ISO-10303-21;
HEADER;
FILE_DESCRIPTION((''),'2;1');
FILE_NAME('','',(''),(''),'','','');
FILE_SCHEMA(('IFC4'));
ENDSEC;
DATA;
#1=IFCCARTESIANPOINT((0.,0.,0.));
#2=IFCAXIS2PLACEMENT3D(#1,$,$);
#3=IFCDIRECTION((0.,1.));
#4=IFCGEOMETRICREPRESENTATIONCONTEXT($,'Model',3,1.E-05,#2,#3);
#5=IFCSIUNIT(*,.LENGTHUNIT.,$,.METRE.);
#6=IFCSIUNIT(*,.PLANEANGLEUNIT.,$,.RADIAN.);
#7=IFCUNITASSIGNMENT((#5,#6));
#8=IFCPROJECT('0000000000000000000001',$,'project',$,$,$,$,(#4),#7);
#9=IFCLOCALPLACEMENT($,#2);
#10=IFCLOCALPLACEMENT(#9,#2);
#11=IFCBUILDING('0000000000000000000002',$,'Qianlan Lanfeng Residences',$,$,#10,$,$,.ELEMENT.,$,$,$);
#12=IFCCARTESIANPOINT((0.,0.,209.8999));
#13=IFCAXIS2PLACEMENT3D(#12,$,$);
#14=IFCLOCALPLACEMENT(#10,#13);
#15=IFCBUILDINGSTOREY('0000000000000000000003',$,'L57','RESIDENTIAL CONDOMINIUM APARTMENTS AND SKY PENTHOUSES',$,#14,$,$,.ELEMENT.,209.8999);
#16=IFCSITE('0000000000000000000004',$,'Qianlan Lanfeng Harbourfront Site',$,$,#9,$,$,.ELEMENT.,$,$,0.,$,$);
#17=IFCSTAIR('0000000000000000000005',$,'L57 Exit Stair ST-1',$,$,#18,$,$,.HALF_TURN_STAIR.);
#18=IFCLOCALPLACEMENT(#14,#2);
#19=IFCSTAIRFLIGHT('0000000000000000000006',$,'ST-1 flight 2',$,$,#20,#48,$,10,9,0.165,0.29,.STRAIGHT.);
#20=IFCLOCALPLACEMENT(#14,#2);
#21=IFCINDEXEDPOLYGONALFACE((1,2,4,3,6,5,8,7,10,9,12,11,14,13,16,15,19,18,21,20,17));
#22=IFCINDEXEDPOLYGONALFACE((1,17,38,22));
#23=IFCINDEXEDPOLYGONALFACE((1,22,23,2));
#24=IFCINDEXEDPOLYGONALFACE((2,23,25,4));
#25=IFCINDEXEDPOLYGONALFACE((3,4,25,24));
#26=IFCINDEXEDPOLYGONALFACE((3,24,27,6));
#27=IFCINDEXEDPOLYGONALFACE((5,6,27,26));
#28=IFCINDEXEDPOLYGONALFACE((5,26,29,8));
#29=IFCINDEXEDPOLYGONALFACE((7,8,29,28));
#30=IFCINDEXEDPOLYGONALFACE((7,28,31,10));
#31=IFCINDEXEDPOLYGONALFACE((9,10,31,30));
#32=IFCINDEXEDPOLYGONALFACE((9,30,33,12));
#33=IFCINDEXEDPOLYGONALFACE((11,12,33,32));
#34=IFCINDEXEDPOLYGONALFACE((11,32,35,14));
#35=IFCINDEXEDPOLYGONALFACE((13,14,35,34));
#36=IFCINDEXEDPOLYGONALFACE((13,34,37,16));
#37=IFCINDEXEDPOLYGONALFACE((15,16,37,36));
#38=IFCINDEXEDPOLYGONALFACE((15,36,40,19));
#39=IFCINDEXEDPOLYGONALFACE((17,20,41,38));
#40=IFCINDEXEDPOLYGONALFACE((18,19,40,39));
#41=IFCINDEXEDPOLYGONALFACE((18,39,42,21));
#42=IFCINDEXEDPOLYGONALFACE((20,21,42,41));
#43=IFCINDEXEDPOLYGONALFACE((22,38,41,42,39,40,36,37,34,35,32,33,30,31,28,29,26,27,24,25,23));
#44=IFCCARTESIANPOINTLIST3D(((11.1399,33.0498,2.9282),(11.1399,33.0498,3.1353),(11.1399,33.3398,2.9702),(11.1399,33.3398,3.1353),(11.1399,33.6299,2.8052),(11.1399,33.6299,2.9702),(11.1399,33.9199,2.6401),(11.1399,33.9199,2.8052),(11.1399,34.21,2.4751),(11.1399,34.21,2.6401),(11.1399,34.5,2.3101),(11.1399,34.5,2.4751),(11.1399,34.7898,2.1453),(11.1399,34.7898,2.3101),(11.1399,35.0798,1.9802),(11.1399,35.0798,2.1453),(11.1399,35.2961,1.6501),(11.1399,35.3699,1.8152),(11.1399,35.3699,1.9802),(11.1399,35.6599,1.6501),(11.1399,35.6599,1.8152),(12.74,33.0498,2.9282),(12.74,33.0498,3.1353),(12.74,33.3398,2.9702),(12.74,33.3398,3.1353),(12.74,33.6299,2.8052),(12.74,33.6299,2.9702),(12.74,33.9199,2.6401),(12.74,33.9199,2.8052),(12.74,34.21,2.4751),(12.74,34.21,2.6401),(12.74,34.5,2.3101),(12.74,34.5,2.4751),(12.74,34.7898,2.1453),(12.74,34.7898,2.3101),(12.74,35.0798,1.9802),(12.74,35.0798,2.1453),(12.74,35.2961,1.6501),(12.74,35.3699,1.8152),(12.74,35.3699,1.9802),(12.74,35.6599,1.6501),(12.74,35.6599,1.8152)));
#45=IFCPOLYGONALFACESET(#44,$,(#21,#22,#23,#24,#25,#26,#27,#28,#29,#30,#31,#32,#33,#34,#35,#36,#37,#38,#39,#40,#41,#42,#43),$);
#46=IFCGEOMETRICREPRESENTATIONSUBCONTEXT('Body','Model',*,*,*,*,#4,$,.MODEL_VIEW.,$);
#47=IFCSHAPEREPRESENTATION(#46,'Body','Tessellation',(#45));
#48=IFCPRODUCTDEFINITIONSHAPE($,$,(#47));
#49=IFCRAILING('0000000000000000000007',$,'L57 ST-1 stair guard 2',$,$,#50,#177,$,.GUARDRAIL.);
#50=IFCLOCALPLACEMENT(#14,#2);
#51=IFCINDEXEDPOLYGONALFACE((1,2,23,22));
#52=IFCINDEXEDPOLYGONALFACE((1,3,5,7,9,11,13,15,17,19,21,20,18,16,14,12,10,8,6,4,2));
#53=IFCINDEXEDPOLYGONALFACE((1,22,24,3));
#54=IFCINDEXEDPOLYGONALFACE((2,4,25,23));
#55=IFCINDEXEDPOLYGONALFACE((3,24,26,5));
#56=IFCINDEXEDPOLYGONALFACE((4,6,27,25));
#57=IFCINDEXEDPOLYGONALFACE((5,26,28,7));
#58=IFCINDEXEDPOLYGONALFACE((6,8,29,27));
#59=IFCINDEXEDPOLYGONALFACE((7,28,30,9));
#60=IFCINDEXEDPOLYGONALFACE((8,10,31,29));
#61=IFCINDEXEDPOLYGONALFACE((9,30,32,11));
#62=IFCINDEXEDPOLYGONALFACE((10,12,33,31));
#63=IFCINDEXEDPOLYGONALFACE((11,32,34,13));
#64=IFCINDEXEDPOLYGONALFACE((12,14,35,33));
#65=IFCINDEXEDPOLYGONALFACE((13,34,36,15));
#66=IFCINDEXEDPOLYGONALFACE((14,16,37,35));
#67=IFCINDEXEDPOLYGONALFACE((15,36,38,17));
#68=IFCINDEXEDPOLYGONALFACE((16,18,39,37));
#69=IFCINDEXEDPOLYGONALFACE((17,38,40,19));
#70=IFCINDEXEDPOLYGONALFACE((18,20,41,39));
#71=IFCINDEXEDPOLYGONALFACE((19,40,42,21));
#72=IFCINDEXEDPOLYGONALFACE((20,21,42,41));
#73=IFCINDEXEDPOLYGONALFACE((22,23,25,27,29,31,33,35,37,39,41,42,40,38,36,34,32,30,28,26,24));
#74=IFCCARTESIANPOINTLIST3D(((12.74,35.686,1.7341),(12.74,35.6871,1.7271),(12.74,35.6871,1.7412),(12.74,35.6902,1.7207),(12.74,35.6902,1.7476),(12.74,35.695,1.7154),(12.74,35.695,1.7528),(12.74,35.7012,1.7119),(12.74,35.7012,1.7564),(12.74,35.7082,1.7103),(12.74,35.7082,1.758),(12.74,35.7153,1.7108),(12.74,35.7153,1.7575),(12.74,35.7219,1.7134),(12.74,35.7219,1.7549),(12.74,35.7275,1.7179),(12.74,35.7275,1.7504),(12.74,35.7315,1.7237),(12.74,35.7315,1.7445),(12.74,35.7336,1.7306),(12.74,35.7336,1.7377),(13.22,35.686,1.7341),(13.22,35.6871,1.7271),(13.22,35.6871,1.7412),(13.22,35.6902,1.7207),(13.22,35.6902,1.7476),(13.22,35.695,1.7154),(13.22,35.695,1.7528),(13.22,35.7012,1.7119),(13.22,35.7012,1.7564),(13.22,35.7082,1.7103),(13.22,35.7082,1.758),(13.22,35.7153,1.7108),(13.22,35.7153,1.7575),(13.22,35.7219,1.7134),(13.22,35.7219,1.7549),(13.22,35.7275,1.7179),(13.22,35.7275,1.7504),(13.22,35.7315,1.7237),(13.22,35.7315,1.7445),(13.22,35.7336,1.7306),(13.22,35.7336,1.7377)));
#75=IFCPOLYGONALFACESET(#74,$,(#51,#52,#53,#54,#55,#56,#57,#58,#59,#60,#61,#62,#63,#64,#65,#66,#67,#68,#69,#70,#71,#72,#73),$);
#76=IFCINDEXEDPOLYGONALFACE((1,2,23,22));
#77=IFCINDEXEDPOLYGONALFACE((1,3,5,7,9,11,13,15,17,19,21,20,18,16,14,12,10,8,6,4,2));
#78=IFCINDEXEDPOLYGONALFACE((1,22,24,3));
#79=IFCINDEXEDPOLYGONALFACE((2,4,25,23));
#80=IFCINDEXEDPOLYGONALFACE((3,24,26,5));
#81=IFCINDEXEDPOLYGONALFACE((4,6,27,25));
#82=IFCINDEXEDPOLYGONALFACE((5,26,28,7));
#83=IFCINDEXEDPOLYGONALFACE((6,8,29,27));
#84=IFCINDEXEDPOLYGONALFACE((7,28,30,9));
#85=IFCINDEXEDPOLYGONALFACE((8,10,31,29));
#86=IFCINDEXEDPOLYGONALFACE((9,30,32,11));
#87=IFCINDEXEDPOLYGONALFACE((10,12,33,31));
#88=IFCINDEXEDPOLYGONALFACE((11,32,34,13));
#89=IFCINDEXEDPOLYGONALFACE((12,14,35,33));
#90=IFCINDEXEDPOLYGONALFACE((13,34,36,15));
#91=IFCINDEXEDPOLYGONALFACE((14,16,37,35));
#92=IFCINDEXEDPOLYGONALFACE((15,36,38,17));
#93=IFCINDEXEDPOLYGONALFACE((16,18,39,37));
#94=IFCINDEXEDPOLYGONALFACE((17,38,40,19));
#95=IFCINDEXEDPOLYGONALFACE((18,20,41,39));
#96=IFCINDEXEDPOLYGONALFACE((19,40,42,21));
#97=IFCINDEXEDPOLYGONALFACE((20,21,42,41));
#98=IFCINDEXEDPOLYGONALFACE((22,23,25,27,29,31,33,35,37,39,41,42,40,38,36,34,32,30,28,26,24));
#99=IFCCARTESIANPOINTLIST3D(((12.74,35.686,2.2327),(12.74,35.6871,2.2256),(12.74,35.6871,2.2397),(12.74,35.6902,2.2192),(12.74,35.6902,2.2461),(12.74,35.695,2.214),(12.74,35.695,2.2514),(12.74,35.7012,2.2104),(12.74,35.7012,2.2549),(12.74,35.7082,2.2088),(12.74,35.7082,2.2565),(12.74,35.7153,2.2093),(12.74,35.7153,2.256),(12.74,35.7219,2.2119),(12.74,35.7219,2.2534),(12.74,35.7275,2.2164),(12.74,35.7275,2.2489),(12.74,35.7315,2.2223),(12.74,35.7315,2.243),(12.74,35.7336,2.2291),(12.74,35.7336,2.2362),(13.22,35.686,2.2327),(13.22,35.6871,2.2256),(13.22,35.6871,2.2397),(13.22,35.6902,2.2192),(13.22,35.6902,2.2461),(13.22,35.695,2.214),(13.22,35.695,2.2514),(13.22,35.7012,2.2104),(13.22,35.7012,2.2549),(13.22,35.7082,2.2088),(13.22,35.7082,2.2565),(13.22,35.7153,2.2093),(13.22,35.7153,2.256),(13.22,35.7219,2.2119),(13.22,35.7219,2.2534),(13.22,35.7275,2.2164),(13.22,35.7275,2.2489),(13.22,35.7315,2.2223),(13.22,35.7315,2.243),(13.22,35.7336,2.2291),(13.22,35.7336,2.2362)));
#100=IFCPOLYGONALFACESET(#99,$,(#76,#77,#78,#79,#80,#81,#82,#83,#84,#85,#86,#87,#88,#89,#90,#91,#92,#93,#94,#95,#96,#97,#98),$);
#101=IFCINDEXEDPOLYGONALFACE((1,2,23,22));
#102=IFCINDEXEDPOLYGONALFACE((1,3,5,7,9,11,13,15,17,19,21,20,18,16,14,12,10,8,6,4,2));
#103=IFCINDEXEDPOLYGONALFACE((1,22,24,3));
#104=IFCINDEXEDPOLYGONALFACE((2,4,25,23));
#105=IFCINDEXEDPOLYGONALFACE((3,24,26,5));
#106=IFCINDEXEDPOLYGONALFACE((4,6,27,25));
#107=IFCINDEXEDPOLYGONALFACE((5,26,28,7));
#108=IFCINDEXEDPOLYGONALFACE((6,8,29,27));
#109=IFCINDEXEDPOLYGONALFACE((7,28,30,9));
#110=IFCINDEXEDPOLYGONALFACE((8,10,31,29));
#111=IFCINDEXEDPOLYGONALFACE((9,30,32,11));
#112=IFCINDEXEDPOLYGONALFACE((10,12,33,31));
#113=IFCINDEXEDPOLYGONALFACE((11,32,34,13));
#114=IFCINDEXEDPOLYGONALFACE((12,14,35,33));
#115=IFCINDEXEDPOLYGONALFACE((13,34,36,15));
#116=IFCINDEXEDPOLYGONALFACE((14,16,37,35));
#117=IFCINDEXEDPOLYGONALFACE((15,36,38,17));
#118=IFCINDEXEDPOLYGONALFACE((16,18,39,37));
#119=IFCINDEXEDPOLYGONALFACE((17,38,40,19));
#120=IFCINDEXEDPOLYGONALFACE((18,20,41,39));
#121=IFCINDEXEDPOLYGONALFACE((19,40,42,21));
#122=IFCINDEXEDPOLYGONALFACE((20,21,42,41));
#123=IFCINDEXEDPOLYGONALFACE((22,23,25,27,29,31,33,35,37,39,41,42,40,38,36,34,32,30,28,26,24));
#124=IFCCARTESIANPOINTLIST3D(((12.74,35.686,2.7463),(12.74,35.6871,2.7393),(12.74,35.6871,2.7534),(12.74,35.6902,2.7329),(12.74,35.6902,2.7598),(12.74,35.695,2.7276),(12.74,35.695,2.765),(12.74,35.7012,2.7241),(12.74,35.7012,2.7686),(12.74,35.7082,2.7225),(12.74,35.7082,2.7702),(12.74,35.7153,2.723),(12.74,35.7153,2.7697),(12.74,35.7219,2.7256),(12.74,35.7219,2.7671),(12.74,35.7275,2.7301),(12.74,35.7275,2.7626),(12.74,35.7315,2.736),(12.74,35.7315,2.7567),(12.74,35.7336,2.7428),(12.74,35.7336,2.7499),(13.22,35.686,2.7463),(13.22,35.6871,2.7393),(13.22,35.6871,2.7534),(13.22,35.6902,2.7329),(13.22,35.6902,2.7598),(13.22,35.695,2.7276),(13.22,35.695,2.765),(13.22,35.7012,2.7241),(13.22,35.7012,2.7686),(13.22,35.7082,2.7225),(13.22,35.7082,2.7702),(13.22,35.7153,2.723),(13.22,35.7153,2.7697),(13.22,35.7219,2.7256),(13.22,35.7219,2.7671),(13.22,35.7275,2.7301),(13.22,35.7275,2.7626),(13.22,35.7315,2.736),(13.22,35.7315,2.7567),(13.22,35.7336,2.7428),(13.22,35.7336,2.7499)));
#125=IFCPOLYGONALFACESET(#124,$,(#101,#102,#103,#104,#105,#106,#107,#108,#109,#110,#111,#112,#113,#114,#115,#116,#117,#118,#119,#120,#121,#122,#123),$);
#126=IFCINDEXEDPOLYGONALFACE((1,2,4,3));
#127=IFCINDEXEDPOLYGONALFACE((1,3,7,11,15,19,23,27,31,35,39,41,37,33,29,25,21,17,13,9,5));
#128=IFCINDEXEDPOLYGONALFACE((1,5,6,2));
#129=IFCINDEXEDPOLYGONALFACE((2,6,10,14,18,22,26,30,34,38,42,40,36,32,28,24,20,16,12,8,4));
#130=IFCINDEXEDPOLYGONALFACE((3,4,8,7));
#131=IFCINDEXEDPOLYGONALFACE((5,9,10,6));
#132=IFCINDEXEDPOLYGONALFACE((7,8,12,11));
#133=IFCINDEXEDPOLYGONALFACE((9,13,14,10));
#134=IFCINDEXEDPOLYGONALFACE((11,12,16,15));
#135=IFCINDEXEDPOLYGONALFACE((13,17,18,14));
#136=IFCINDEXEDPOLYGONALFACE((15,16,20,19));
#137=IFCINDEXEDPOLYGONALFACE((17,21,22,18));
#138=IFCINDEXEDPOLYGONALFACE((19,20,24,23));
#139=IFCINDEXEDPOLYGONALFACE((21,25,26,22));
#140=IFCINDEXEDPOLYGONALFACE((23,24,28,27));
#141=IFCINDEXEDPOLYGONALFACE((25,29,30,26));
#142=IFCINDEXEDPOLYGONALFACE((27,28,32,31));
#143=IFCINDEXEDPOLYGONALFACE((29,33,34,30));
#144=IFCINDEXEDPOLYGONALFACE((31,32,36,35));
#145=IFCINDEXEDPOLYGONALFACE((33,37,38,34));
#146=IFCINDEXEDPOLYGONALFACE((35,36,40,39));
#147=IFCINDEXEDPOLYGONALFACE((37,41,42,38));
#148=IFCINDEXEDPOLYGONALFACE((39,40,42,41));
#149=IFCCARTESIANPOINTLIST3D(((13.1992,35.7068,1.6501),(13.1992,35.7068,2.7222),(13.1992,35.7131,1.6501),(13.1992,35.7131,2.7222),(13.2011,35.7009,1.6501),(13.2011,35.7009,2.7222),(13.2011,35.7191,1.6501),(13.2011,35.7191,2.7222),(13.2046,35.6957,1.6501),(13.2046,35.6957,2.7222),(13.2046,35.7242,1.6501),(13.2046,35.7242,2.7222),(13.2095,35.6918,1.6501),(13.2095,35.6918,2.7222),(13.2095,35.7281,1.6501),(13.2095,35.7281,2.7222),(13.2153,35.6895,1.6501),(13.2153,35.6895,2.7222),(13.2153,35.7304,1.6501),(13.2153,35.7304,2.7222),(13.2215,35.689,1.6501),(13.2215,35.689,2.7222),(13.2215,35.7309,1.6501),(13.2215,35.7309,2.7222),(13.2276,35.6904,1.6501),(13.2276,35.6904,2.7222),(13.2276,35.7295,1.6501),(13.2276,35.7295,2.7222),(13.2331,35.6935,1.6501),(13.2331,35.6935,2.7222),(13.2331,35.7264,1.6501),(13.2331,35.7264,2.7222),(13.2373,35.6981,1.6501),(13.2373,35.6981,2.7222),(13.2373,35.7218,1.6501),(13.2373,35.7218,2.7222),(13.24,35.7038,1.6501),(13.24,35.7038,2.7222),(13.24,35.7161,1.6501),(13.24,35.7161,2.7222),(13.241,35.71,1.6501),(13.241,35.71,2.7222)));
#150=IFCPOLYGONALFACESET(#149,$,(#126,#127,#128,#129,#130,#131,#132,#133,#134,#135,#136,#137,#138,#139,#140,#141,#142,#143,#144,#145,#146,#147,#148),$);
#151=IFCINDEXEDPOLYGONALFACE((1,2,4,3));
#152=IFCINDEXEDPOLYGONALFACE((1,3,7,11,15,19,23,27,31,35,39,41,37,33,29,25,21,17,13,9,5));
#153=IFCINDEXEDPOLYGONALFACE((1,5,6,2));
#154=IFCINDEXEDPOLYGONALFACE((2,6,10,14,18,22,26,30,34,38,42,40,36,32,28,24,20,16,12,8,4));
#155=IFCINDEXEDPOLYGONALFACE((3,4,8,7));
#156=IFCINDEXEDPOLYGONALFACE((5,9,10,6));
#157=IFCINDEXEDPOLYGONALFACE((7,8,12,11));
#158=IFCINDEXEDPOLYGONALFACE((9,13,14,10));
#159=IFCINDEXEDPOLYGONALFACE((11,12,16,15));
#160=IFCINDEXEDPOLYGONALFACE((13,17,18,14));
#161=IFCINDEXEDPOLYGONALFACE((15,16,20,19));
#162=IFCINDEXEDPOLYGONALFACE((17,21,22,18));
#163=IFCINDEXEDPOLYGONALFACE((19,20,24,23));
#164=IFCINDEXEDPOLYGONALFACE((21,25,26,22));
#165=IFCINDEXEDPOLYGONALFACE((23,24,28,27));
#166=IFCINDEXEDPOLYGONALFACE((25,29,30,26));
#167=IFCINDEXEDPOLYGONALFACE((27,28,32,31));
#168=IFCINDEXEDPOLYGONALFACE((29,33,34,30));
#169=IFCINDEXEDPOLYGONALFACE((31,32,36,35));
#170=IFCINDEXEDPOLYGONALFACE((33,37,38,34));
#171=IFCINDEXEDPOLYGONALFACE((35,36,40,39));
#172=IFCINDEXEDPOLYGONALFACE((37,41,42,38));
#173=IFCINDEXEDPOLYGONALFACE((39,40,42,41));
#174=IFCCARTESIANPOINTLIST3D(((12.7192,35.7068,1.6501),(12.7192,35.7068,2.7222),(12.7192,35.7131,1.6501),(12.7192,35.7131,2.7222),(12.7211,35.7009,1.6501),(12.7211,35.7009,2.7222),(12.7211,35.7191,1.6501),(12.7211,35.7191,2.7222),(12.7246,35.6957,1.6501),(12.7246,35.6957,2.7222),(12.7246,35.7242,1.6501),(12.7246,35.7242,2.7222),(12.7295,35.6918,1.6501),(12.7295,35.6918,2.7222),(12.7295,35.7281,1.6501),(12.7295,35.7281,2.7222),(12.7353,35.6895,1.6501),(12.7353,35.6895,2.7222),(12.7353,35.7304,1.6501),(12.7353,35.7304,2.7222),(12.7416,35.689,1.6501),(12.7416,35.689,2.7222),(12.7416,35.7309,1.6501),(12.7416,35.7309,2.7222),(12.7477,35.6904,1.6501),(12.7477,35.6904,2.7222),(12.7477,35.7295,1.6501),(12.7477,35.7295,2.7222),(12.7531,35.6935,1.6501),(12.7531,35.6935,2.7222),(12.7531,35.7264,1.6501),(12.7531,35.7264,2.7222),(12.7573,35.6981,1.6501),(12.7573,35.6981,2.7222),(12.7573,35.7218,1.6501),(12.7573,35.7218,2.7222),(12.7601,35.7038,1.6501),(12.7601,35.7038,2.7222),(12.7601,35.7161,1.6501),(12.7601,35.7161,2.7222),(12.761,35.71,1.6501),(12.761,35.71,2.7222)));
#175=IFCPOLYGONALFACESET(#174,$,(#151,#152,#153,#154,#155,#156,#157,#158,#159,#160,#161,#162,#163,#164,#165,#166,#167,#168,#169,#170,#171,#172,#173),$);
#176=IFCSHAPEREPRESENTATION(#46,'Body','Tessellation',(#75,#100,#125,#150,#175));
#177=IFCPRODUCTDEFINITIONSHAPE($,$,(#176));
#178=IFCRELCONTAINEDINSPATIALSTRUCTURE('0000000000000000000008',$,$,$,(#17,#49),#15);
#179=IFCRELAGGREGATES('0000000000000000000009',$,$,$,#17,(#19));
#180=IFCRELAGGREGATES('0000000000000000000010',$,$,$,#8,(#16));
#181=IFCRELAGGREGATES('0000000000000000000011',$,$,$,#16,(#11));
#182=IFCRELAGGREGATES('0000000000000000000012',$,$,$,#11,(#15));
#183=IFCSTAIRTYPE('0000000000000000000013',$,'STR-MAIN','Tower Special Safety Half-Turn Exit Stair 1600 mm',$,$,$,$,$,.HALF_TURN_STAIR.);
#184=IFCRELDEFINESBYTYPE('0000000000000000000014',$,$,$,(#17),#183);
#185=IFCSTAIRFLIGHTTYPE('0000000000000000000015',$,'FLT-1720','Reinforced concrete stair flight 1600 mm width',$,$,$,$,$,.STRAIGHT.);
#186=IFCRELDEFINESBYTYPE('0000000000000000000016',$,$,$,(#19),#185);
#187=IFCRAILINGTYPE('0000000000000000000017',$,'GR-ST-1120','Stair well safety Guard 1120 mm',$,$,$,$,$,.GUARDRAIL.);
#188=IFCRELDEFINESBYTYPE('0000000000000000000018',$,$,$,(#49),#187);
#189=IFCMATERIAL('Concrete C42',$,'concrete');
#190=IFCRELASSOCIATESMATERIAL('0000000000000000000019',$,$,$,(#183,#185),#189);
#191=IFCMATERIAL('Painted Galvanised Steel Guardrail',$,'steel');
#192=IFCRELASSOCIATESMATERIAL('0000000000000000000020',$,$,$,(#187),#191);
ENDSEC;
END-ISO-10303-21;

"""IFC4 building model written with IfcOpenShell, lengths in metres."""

from ifc_helpers import new_model, si_unit, direction, frame, origin, origin_2d, place, context, subcontext, project, spatial, polyline, circle, outline, extrude, material, type_object, element, aggregate, save


model = new_model("IFC4")

# Units and contexts
model_context = context("Model", 3, precision=1e-05, world=origin(), true_north=direction((0.0, 1.0)))
body_context = subcontext(model_context, "Body", "Model", "MODEL_VIEW")
ifc_project = project(units=[si_unit("LENGTHUNIT", "METRE"), si_unit("PLANEANGLEUNIT", "RADIAN")], contexts=[model_context])

# Site, building, storey
site_placement = place(None, origin())
site = spatial("IfcSite", under=ifc_project, at=site_placement, Name="Qianlan Lanfeng Harbourfront Site", CompositionType="ELEMENT", RefElevation=0.0)
building_placement = place(site_placement, origin())
building = spatial("IfcBuilding", under=site, at=building_placement, Name="Qianlan Lanfeng Residences", CompositionType="ELEMENT")
storey_placement = place(building_placement, frame((0.0, 0.0, 209.8999)))
storey = spatial("IfcBuildingStorey", under=building, at=storey_placement, Name="L57", Description="RESIDENTIAL CONDOMINIUM APARTMENTS AND SKY PENTHOUSES", CompositionType="ELEMENT", Elevation=209.8999)

# Shared definitions
ifc_material_1 = material(Name="Concrete C42", Category="concrete")

# Stair, stair flight
stair_type = type_object("IfcStairType", Name="STR-MAIN", Description="Tower Special Safety Half-Turn Exit Stair 1600 mm", PredefinedType="HALF_TURN_STAIR", material=ifc_material_1)
stair_placement = place(storey_placement, origin())
stair = element("IfcStair", 1, at=stair_placement, inside=storey, type_object=stair_type, Name="L57 Exit Stair ST-1", PredefinedType="HALF_TURN_STAIR")
stair_flight_type = type_object("IfcStairFlightType", Name="FLT-1720", Description="Reinforced concrete stair flight 1600 mm width", PredefinedType="STRAIGHT", material=ifc_material_1)
stair_flight_1_placement = place(storey_placement, frame((11.9399, 35.6599, 1.6501), z_axis=(0.0, 0.0, 1.0), x_axis=(0.0, -1.0, 0.0)))
stair_flight_1 = element("IfcStairFlight", 2, at=stair_flight_1_placement, type_object=stair_flight_type, Name="ST-1 flight 2", NumberOfRisers=10, NumberOfTreads=9, PredefinedType="STRAIGHT", RiserHeight=0.165, TreadLength=0.29, context=body_context, shape_type="SweptSolid", body=[
    extrude(outline(polyline([(0.0, 0.0), (0.0, 0.165), (0.29, 0.165), (0.29, 0.3301), (0.5801, 0.3301), (0.5801, 0.4951), (0.8701, 0.4951), (0.8701, 0.6599), (1.1599, 0.6599), (1.1599, 0.825), (1.45, 0.825), (1.45, 0.99), (1.74, 0.99), (1.74, 1.155), (2.03, 1.155), (2.03, 1.3201), (2.3201, 1.3201), (2.3201, 1.4851), (2.6101, 1.4851), (2.6101, 1.6499), (2.6101, 1.2781), (0.3638, 0.0), (0.0, 0.0)])), frame((0.0, 0.8, 0.0), z_axis=(0.0, -1.0, 0.0), x_axis=(1.0, 0.0, 0.0)), (0.0, 0.0, 1.0), 1.6001),
])
aggregate(stair, [stair_flight_1])

# Railing
ifc_material_2 = material(Name="Painted Galvanised Steel Guardrail", Category="steel")
railing_type_1 = type_object("IfcRailingType", Name="GR-ST-1120", Description="Stair well safety Guard 1120 mm", PredefinedType="GUARDRAIL", material=ifc_material_2)
railing_1_placement = place(storey_placement, frame((13.22, 35.71, 1.6501)))
element("IfcRailing", 3, at=railing_1_placement, inside=storey, type_object=railing_type_1, Name="L57 ST-1 stair guard 2", PredefinedType="GUARDRAIL", context=body_context, shape_type="SweptSolid", body=[
    extrude(circle(Radius=0.0239, at=origin_2d()), frame((0.0, 0.0, 0.084), z_axis=(-1.0, 0.0, 0.0), x_axis=(0.0, -1.0, 0.0)), (0.0, 0.0, 1.0), 0.48),
    extrude(circle(Radius=0.0239, at=origin_2d()), frame((0.0, 0.0, 0.5825), z_axis=(-1.0, 0.0, 0.0), x_axis=(0.0, -1.0, 0.0)), (0.0, 0.0, 1.0), 0.48),
    extrude(circle(Radius=0.0239, at=origin_2d()), frame((0.0, 0.0, 1.0962), z_axis=(-1.0, 0.0, 0.0), x_axis=(0.0, -1.0, 0.0)), (0.0, 0.0, 1.0), 0.48),
    extrude(circle(Radius=0.021, at=origin_2d()), origin(), (0.0, 0.0, 1.0), 1.072),
    extrude(circle(Radius=0.021, at=origin_2d()), frame((-0.48, 0.0, 0.0)), (0.0, 0.0, 1.0), 1.072),
])

save(model, "model.ifc")
